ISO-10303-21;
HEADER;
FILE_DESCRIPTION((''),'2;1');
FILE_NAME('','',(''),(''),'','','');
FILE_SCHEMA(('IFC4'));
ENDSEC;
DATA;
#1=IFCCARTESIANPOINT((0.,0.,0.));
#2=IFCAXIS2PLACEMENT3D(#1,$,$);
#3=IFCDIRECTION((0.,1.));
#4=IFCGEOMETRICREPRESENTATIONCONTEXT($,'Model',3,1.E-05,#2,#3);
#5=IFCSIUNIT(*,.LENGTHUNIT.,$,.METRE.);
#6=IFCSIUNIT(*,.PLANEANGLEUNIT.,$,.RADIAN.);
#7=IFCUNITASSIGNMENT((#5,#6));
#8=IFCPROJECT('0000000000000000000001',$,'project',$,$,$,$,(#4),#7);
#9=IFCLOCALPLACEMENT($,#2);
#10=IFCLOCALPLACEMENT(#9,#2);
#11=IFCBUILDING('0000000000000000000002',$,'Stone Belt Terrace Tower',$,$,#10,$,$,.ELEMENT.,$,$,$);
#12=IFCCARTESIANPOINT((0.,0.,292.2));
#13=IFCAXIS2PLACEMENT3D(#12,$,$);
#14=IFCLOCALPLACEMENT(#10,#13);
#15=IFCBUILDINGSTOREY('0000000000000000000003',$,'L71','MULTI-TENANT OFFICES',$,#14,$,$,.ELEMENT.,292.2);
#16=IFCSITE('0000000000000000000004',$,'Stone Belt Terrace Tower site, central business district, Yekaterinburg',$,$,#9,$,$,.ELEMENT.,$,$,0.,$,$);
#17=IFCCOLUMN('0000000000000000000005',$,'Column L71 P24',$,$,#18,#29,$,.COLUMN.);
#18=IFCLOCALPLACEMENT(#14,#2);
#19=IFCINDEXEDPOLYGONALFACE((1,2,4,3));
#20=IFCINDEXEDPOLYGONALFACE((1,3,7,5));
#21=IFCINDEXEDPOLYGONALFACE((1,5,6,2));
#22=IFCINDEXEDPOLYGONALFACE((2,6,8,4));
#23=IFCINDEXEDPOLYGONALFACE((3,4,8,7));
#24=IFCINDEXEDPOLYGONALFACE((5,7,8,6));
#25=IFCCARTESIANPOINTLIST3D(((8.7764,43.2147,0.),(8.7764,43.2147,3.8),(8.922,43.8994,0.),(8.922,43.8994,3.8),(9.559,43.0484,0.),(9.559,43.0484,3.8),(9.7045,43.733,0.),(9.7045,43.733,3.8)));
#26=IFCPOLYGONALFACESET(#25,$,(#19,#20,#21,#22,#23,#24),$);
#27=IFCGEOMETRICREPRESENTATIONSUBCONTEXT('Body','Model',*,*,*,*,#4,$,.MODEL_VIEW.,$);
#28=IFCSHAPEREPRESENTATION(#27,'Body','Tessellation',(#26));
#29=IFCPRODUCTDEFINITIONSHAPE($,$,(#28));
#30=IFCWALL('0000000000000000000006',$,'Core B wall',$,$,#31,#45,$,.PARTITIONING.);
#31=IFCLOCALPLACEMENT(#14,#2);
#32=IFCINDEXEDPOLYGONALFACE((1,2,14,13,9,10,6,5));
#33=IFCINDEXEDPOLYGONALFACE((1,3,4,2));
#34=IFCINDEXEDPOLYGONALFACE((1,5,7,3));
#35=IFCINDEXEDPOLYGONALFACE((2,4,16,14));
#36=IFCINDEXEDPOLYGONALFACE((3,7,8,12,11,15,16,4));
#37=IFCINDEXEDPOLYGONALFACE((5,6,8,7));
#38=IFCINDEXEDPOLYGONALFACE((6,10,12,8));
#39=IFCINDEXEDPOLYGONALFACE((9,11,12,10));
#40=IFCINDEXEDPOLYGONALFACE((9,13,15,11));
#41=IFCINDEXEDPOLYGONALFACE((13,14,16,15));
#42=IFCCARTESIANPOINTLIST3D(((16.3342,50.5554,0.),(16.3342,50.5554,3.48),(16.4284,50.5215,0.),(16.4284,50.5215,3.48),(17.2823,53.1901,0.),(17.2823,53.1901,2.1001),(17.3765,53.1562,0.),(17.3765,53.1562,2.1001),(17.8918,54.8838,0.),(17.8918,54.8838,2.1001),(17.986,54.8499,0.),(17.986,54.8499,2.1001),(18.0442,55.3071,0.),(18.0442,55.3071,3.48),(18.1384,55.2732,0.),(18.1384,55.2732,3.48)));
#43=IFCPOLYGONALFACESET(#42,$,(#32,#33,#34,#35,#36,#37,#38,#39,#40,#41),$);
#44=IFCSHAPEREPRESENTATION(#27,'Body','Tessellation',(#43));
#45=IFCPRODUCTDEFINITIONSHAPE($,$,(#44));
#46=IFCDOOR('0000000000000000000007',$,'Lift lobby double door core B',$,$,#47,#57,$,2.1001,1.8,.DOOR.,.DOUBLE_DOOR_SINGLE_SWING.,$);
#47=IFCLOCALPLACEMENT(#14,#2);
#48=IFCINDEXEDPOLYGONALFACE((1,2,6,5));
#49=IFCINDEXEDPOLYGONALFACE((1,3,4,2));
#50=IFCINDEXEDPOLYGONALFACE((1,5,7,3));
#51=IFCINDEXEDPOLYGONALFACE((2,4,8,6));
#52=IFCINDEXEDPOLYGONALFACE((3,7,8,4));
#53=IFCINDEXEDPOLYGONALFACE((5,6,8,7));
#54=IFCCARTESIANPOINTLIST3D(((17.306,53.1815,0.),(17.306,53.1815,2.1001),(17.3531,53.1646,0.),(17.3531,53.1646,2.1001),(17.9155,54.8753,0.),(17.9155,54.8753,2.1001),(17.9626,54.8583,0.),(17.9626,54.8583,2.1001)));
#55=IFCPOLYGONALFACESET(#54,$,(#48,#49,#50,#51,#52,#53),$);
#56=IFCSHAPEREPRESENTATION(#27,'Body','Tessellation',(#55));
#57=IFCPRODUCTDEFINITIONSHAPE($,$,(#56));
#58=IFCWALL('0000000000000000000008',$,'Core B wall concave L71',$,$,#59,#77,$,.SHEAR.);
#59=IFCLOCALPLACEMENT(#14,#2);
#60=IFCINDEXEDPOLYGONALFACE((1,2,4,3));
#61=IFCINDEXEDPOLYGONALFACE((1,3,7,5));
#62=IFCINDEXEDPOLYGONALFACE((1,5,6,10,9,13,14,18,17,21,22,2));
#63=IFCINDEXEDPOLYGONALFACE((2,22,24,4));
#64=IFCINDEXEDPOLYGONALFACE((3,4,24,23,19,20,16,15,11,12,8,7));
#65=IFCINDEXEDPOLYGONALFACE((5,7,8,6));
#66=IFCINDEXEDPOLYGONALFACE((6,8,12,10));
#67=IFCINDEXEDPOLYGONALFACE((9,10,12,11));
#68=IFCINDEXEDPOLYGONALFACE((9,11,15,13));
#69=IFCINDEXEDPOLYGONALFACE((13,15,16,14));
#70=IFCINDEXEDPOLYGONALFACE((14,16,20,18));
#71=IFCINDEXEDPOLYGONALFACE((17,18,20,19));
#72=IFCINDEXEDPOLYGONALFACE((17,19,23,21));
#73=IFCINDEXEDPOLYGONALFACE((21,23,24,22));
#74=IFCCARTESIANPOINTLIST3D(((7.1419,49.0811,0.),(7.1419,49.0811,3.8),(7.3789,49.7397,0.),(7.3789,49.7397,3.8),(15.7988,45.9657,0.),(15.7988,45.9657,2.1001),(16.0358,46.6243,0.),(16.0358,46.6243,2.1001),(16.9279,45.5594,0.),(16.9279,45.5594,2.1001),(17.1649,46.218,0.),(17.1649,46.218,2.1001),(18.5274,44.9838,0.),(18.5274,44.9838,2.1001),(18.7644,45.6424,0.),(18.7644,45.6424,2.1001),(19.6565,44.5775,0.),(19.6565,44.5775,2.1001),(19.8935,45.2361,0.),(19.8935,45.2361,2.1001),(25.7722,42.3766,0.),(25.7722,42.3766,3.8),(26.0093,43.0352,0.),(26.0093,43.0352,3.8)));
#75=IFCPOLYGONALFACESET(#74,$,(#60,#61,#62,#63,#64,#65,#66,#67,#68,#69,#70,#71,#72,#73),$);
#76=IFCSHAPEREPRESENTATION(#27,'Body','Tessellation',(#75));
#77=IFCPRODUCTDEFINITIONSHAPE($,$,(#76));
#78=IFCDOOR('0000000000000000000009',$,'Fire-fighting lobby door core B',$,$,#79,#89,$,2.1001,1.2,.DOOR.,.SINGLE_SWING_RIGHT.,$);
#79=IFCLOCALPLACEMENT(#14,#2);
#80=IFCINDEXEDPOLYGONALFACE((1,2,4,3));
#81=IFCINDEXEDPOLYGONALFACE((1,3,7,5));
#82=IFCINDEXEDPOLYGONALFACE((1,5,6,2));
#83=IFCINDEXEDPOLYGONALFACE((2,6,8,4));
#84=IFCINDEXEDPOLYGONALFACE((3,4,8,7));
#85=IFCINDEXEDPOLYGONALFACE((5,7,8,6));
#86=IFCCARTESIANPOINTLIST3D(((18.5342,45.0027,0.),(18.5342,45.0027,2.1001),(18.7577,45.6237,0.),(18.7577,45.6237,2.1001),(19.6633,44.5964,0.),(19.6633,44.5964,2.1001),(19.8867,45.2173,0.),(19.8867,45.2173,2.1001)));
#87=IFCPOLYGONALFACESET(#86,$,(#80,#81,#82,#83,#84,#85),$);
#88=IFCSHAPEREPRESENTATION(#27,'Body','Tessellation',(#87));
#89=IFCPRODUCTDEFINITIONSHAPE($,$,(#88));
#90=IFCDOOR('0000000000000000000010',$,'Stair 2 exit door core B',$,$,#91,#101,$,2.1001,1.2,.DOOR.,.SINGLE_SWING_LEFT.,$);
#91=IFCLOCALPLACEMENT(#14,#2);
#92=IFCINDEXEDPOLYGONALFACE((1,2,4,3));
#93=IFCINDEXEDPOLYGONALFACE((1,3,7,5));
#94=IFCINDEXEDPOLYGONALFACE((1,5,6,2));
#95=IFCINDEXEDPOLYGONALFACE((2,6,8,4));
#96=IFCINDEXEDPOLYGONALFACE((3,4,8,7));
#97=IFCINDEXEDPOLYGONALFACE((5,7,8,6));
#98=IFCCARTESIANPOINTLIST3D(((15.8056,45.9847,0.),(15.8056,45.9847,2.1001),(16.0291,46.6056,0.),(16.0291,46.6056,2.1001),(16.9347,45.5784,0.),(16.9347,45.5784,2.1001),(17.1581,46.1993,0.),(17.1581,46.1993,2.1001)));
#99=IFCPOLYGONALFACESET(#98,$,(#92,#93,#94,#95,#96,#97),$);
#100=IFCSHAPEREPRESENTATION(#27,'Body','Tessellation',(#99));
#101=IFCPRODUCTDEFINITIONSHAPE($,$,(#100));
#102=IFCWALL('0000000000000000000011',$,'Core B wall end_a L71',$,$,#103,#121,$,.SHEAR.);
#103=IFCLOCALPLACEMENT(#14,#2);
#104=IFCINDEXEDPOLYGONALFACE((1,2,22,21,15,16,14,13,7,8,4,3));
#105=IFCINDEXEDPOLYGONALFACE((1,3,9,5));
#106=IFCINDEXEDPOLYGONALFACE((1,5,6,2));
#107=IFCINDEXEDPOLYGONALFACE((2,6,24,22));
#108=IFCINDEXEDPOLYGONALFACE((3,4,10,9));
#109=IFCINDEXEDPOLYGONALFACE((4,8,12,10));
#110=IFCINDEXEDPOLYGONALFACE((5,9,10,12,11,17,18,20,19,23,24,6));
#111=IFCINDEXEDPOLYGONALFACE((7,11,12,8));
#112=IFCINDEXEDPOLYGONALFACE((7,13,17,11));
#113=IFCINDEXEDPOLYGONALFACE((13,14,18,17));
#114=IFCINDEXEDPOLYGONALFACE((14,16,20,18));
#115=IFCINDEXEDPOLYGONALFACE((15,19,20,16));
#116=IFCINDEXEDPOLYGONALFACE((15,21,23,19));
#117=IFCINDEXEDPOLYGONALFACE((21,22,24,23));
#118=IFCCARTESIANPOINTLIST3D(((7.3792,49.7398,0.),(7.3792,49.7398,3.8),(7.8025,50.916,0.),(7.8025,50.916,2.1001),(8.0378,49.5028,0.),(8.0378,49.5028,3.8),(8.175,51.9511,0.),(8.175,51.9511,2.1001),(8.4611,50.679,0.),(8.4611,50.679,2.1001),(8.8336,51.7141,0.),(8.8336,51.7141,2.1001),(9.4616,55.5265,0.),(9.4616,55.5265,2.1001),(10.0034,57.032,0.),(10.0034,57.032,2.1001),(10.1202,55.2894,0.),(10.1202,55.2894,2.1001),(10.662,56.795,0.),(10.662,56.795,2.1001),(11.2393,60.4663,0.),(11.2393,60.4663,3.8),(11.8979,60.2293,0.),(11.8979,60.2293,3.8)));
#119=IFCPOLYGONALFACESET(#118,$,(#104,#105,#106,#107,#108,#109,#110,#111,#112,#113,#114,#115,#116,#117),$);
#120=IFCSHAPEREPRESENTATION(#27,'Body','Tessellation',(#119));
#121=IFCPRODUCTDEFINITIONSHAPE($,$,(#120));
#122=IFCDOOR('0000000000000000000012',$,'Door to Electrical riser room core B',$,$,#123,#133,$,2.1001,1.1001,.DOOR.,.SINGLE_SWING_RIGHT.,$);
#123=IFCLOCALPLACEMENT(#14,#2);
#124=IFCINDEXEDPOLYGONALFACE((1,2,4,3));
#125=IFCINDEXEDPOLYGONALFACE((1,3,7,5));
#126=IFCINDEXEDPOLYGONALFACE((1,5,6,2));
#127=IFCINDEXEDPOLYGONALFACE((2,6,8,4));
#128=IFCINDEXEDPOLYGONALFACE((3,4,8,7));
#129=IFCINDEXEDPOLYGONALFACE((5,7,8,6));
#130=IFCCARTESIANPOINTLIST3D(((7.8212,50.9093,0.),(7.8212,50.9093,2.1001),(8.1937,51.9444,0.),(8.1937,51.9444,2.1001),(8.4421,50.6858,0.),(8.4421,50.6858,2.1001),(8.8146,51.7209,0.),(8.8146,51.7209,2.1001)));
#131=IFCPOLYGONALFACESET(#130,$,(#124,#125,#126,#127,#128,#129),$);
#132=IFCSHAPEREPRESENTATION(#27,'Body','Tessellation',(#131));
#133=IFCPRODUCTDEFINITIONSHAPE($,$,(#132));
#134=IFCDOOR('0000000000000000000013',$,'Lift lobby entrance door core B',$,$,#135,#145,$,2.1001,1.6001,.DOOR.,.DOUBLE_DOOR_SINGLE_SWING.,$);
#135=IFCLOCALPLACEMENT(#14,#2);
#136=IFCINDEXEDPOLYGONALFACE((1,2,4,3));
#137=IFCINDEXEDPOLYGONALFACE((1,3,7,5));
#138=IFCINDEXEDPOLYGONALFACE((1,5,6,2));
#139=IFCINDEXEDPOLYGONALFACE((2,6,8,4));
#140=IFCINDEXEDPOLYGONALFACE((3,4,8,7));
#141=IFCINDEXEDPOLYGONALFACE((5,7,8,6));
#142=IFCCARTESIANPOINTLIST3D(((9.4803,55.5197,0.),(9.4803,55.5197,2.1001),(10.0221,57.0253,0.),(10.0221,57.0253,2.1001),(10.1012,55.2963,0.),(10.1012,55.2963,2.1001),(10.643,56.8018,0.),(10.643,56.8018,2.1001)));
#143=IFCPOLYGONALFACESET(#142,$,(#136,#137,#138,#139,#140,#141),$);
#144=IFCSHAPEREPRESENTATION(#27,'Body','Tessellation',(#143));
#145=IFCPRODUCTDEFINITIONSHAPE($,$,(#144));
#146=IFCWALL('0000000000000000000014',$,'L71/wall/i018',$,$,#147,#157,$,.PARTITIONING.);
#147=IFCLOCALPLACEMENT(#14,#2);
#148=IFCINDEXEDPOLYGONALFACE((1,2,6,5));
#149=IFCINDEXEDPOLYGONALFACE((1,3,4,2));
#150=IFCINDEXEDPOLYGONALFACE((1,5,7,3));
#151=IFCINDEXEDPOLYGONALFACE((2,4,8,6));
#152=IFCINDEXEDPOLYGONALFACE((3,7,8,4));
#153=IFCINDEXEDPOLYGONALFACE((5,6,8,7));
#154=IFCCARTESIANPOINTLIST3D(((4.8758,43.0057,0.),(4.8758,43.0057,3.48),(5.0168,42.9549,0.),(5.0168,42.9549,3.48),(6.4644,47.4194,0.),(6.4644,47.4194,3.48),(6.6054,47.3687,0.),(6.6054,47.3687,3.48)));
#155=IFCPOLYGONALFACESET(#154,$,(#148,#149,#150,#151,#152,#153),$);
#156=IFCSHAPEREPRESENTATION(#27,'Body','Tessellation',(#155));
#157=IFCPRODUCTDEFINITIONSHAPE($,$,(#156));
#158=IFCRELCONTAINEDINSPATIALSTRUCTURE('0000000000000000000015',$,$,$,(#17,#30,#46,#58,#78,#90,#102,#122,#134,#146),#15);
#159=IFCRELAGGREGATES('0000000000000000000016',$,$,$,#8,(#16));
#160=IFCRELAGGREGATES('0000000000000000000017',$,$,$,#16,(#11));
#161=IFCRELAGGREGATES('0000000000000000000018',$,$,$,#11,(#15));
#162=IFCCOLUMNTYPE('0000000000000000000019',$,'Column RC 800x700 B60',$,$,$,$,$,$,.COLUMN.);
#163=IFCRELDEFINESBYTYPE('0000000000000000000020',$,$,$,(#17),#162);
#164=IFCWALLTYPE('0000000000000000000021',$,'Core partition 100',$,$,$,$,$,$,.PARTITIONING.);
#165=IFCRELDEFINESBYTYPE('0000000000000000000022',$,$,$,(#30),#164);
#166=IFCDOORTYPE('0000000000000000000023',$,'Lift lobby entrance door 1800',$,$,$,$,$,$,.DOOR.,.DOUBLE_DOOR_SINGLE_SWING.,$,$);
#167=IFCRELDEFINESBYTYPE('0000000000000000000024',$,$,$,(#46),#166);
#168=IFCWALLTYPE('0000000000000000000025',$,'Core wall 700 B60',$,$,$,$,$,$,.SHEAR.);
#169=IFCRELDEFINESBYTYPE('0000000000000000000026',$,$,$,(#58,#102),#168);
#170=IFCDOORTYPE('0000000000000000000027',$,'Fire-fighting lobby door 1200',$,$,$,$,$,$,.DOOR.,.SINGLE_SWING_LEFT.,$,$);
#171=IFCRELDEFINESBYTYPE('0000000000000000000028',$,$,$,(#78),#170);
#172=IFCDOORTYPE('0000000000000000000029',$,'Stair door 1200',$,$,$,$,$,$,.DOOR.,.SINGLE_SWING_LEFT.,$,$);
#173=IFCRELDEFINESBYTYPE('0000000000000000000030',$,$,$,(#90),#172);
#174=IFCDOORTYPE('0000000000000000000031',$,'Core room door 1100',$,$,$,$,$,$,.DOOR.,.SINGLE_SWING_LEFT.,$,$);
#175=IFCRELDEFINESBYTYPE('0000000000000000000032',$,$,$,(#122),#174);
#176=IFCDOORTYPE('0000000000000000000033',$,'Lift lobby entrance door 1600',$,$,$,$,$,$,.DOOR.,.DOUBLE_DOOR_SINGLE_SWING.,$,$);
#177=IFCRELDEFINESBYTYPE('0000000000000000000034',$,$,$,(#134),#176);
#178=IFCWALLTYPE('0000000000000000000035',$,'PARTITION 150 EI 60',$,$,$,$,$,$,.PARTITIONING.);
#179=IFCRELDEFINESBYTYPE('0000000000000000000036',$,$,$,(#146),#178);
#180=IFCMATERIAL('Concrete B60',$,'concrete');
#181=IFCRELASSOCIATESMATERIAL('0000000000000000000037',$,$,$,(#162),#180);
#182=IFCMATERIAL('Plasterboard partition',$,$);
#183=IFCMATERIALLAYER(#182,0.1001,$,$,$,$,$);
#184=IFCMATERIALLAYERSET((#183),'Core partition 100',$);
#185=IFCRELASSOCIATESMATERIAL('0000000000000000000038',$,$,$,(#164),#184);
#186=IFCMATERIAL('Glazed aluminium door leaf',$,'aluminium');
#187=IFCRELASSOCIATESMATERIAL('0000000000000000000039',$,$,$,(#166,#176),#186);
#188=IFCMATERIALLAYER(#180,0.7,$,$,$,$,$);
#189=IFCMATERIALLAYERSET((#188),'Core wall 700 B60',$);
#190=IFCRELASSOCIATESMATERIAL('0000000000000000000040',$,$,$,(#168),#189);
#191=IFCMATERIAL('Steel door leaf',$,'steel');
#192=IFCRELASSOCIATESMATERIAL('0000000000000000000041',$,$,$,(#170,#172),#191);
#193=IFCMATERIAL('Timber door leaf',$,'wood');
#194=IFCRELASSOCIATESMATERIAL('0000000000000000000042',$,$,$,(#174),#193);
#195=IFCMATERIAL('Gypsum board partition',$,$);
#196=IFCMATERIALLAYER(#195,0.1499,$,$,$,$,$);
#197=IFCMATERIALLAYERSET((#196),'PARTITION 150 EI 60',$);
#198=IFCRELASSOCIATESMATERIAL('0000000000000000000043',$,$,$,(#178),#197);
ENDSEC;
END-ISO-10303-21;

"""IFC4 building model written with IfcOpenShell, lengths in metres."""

from ifc_helpers import new_model, si_unit, direction, frame, frame_2d, origin, origin_2d, place, context, subcontext, project, spatial, rectangle, extrude, material, layer, layer_set, material_profile, profile_set, type_object, element, fill, save


model = new_model("IFC4")

# Units and contexts
model_context = context("Model", 3, precision=1e-05, world=origin(), true_north=direction((0.0, 1.0)))
body_context = subcontext(model_context, "Body", "Model", "MODEL_VIEW")
ifc_project = project(units=[si_unit("LENGTHUNIT", "METRE"), si_unit("PLANEANGLEUNIT", "RADIAN")], contexts=[model_context])

# Site, building, storey
site_placement = place(None, origin())
site = spatial("IfcSite", under=ifc_project, at=site_placement, Name="Stone Belt Terrace Tower site, central business district, Yekaterinburg", CompositionType="ELEMENT", RefElevation=0.0)
building_placement = place(site_placement, origin())
building = spatial("IfcBuilding", under=site, at=building_placement, Name="Stone Belt Terrace Tower", CompositionType="ELEMENT")
storey_placement = place(building_placement, frame((0.0, 0.0, 292.2)))
storey = spatial("IfcBuildingStorey", under=building, at=storey_placement, Name="L71", Description="MULTI-TENANT OFFICES", CompositionType="ELEMENT", Elevation=292.2)

# Column
ifc_material_1 = material(Name="Concrete B60", Category="concrete")
ifc_material_profile = material_profile(ifc_material_1, rectangle(XDim=0.8, YDim=0.7, at=origin_2d()), Name="RC 800x700")
ifc_profile_set = profile_set([ifc_material_profile], Name="Concrete B60")
column_type = type_object("IfcColumnType", Name="Column RC 800x700 B60", PredefinedType="COLUMN", material=ifc_profile_set)
column_placement = place(storey_placement, frame((9.2405, 43.4739, 0.0), z_axis=(0.0, 0.0, 1.0), x_axis=(0.978148, -0.207912, 0.0)))
element("IfcColumn", 1, at=column_placement, inside=storey, type_object=column_type, Name="Column L71 P24", PredefinedType="COLUMN", context=body_context, shape_type="SweptSolid", body=[
    extrude(rectangle(XDim=0.8, YDim=0.7, at=origin_2d()), origin(), (0.0, 0.0, 1.0), 3.8),
])

# Wall, opening, door
ifc_material_2 = material(Name="Plasterboard partition")
ifc_layer_1 = layer(ifc_material_2, 0.1001)
ifc_layer_set_1 = layer_set([ifc_layer_1], Name="Core partition 100")
wall_type_1 = type_object("IfcWallType", Name="Core partition 100", PredefinedType="PARTITIONING", material=ifc_layer_set_1)
wall_1_placement = place(storey_placement, frame((16.3813, 50.5386, 0.0), z_axis=(0.0, 0.0, 1.0), x_axis=(0.338605, 0.940929, 0.0)))
wall_1 = element("IfcWall", 2, at=wall_1_placement, inside=storey, type_object=wall_type_1, Name="Core B wall", PredefinedType="PARTITIONING", context=body_context, shape_type="SweptSolid", body=[
    extrude(rectangle(XDim=5.05, YDim=0.1001, at=frame_2d((2.5249, 0.0))), origin(), (0.0, 0.0, 1.0), 3.48),
])
opening_1_placement = place(wall_1_placement, frame((2.8, 0.0, 0.0)))
opening_1 = element("IfcOpeningElement", 3, at=opening_1_placement, cuts=wall_1, PredefinedType="OPENING", context=body_context, shape_type="SweptSolid", body=[
    extrude(rectangle(XDim=1.8, YDim=2.1001, at=frame_2d((0.8999, 1.05))), frame((0.0, 0.0601, 0.0), z_axis=(0.0, -1.0, 0.0), x_axis=(1.0, 0.0, 0.0)), (0.0, 0.0, 1.0), 0.1201),
])
ifc_material_3 = material(Name="Glazed aluminium door leaf", Category="aluminium")
door_type_1 = type_object("IfcDoorType", Name="Lift lobby entrance door 1800", OperationType="DOUBLE_DOOR_SINGLE_SWING", PredefinedType="DOOR", material=ifc_material_3)
door_1_placement = place(opening_1_placement, origin())
door_1 = element("IfcDoor", 4, at=door_1_placement, inside=storey, type_object=door_type_1, Name="Lift lobby double door core B", OperationType="DOUBLE_DOOR_SINGLE_SWING", OverallHeight=2.1001, OverallWidth=1.8, PredefinedType="DOOR", context=body_context, shape_type="SweptSolid", body=[
    extrude(rectangle(XDim=1.8, YDim=2.1001, at=frame_2d((0.8999, 1.05))), frame((0.0, 0.0249, 0.0), z_axis=(0.0, -1.0, 0.0), x_axis=(1.0, 0.0, 0.0)), (0.0, 0.0, 1.0), 0.05),
])
fill(opening_1, door_1)

# Walls, openings, doors
ifc_layer_2 = layer(ifc_material_1, 0.7)
ifc_layer_set_2 = layer_set([ifc_layer_2], Name="Core wall 700 B60")
wall_type_2 = type_object("IfcWallType", Name="Core wall 700 B60", PredefinedType="SHEAR", material=ifc_layer_set_2)
wall_2_placement = place(storey_placement, frame((7.2605, 49.4104, 0.0), z_axis=(0.0, 0.0, 1.0), x_axis=(0.940925, -0.338615, 0.0)))
wall_2 = element("IfcWall", 5, at=wall_2_placement, inside=storey, type_object=wall_type_2, Name="Core B wall concave L71", PredefinedType="SHEAR", context=body_context, shape_type="SweptSolid", body=[
    extrude(rectangle(XDim=19.8, YDim=0.7, at=frame_2d((9.8999, 0.0))), origin(), (0.0, 0.0, 1.0), 3.8),
])
opening_2_placement = place(wall_2_placement, frame((12.1001, 0.0, 0.0)))
opening_2 = element("IfcOpeningElement", 6, at=opening_2_placement, cuts=wall_2, PredefinedType="OPENING", context=body_context, shape_type="SweptSolid", body=[
    extrude(rectangle(XDim=1.2, YDim=2.1001, at=frame_2d((0.6001, 1.05))), frame((0.0, 0.3599, 0.0), z_axis=(0.0, -1.0, 0.0), x_axis=(1.0, 0.0, 0.0)), (0.0, 0.0, 1.0), 0.72),
])
opening_3_placement = place(wall_2_placement, frame((9.2002, 0.0, 0.0)))
opening_3 = element("IfcOpeningElement", 7, at=opening_3_placement, cuts=wall_2, PredefinedType="OPENING", context=body_context, shape_type="SweptSolid", body=[
    extrude(rectangle(XDim=1.2, YDim=2.1001, at=frame_2d((0.6001, 1.05))), frame((0.0, 0.3599, 0.0), z_axis=(0.0, -1.0, 0.0), x_axis=(1.0, 0.0, 0.0)), (0.0, 0.0, 1.0), 0.72),
])
ifc_material_4 = material(Name="Steel door leaf", Category="steel")
door_type_2 = type_object("IfcDoorType", Name="Fire-fighting lobby door 1200", OperationType="SINGLE_SWING_LEFT", PredefinedType="DOOR", material=ifc_material_4)
door_2_placement = place(opening_2_placement, origin())
door_2 = element("IfcDoor", 8, at=door_2_placement, inside=storey, type_object=door_type_2, Name="Fire-fighting lobby door core B", OperationType="SINGLE_SWING_RIGHT", OverallHeight=2.1001, OverallWidth=1.2, PredefinedType="DOOR", context=body_context, shape_type="SweptSolid", body=[
    extrude(rectangle(XDim=1.2, YDim=2.1001, at=frame_2d((0.6001, 1.05))), frame((0.0, 0.3301, 0.0), z_axis=(0.0, -1.0, 0.0), x_axis=(1.0, 0.0, 0.0)), (0.0, 0.0, 1.0), 0.6599),
])
fill(opening_2, door_2)
door_type_3 = type_object("IfcDoorType", Name="Stair door 1200", OperationType="SINGLE_SWING_LEFT", PredefinedType="DOOR", material=ifc_material_4)
door_3_placement = place(opening_3_placement, origin())
door_3 = element("IfcDoor", 9, at=door_3_placement, inside=storey, type_object=door_type_3, Name="Stair 2 exit door core B", OperationType="SINGLE_SWING_LEFT", OverallHeight=2.1001, OverallWidth=1.2, PredefinedType="DOOR", context=body_context, shape_type="SweptSolid", body=[
    extrude(rectangle(XDim=1.2, YDim=2.1001, at=frame_2d((0.6001, 1.05))), frame((0.0, 0.3301, 0.0), z_axis=(0.0, -1.0, 0.0), x_axis=(1.0, 0.0, 0.0)), (0.0, 0.0, 1.0), 0.6599),
])
fill(opening_3, door_3)
wall_3_placement = place(storey_placement, frame((7.7085, 49.6213, 0.0), z_axis=(0.0, 0.0, 1.0), x_axis=(0.338606, 0.940928, 0.0)))
wall_3 = element("IfcWall", 10, at=wall_3_placement, inside=storey, type_object=wall_type_2, Name="Core B wall end_a L71", PredefinedType="SHEAR", context=body_context, shape_type="SweptSolid", body=[
    extrude(rectangle(XDim=11.3999, YDim=0.7, at=frame_2d((5.7, 0.0))), origin(), (0.0, 0.0, 1.0), 3.8),
])
opening_4_placement = place(wall_3_placement, frame((6.1499, 0.0, 0.0)))
opening_4 = element("IfcOpeningElement", 11, at=opening_4_placement, cuts=wall_3, PredefinedType="OPENING", context=body_context, shape_type="SweptSolid", body=[
    extrude(rectangle(XDim=1.6001, YDim=2.1001, at=frame_2d((0.8, 1.05))), frame((0.0, 0.3599, 0.0), z_axis=(0.0, -1.0, 0.0), x_axis=(1.0, 0.0, 0.0)), (0.0, 0.0, 1.0), 0.72),
])
opening_5_placement = place(wall_3_placement, frame((1.25, 0.0, 0.0)))
opening_5 = element("IfcOpeningElement", 12, at=opening_5_placement, cuts=wall_3, PredefinedType="OPENING", context=body_context, shape_type="SweptSolid", body=[
    extrude(rectangle(XDim=1.1001, YDim=2.1001, at=frame_2d((0.55, 1.05))), frame((0.0, 0.3599, 0.0), z_axis=(0.0, -1.0, 0.0), x_axis=(1.0, 0.0, 0.0)), (0.0, 0.0, 1.0), 0.72),
])
ifc_material_5 = material(Name="Timber door leaf", Category="wood")
door_type_4 = type_object("IfcDoorType", Name="Core room door 1100", OperationType="SINGLE_SWING_LEFT", PredefinedType="DOOR", material=ifc_material_5)
door_4_placement = place(opening_5_placement, origin())
door_4 = element("IfcDoor", 13, at=door_4_placement, inside=storey, type_object=door_type_4, Name="Door to Electrical riser room core B", OperationType="SINGLE_SWING_RIGHT", OverallHeight=2.1001, OverallWidth=1.1001, PredefinedType="DOOR", context=body_context, shape_type="SweptSolid", body=[
    extrude(rectangle(XDim=1.1001, YDim=2.1001, at=frame_2d((0.55, 1.05))), frame((0.0, 0.3301, 0.0), z_axis=(0.0, -1.0, 0.0), x_axis=(1.0, 0.0, 0.0)), (0.0, 0.0, 1.0), 0.6599),
])
fill(opening_5, door_4)
door_type_5 = type_object("IfcDoorType", Name="Lift lobby entrance door 1600", OperationType="DOUBLE_DOOR_SINGLE_SWING", PredefinedType="DOOR", material=ifc_material_3)
door_5_placement = place(opening_4_placement, origin())
door_5 = element("IfcDoor", 14, at=door_5_placement, inside=storey, type_object=door_type_5, Name="Lift lobby entrance door core B", OperationType="DOUBLE_DOOR_SINGLE_SWING", OverallHeight=2.1001, OverallWidth=1.6001, PredefinedType="DOOR", context=body_context, shape_type="SweptSolid", body=[
    extrude(rectangle(XDim=1.6001, YDim=2.1001, at=frame_2d((0.8, 1.05))), frame((0.0, 0.3301, 0.0), z_axis=(0.0, -1.0, 0.0), x_axis=(1.0, 0.0, 0.0)), (0.0, 0.0, 1.0), 0.6599),
])
fill(opening_4, door_5)

# Wall
ifc_material_6 = material(Name="Gypsum board partition")
ifc_layer_3 = layer(ifc_material_6, 0.1499)
ifc_layer_set_3 = layer_set([ifc_layer_3], Name="PARTITION 150 EI 60")
wall_type_3 = type_object("IfcWallType", Name="PARTITION 150 EI 60", PredefinedType="PARTITIONING", material=ifc_layer_set_3)
wall_4_placement = place(storey_placement, frame((6.5349, 47.394, 0.0), z_axis=(0.0, 0.0, 1.0), x_axis=(-0.338653, -0.940911, 0.0)))
element("IfcWall", 15, at=wall_4_placement, inside=storey, type_object=wall_type_3, Name="L71/wall/i018", PredefinedType="PARTITIONING", context=body_context, shape_type="SweptSolid", body=[
    extrude(rectangle(XDim=4.6909, YDim=0.1499, at=frame_2d((2.3455, 0.0))), origin(), (0.0, 0.0, 1.0), 3.48),
])

save(model, "model.ifc")
